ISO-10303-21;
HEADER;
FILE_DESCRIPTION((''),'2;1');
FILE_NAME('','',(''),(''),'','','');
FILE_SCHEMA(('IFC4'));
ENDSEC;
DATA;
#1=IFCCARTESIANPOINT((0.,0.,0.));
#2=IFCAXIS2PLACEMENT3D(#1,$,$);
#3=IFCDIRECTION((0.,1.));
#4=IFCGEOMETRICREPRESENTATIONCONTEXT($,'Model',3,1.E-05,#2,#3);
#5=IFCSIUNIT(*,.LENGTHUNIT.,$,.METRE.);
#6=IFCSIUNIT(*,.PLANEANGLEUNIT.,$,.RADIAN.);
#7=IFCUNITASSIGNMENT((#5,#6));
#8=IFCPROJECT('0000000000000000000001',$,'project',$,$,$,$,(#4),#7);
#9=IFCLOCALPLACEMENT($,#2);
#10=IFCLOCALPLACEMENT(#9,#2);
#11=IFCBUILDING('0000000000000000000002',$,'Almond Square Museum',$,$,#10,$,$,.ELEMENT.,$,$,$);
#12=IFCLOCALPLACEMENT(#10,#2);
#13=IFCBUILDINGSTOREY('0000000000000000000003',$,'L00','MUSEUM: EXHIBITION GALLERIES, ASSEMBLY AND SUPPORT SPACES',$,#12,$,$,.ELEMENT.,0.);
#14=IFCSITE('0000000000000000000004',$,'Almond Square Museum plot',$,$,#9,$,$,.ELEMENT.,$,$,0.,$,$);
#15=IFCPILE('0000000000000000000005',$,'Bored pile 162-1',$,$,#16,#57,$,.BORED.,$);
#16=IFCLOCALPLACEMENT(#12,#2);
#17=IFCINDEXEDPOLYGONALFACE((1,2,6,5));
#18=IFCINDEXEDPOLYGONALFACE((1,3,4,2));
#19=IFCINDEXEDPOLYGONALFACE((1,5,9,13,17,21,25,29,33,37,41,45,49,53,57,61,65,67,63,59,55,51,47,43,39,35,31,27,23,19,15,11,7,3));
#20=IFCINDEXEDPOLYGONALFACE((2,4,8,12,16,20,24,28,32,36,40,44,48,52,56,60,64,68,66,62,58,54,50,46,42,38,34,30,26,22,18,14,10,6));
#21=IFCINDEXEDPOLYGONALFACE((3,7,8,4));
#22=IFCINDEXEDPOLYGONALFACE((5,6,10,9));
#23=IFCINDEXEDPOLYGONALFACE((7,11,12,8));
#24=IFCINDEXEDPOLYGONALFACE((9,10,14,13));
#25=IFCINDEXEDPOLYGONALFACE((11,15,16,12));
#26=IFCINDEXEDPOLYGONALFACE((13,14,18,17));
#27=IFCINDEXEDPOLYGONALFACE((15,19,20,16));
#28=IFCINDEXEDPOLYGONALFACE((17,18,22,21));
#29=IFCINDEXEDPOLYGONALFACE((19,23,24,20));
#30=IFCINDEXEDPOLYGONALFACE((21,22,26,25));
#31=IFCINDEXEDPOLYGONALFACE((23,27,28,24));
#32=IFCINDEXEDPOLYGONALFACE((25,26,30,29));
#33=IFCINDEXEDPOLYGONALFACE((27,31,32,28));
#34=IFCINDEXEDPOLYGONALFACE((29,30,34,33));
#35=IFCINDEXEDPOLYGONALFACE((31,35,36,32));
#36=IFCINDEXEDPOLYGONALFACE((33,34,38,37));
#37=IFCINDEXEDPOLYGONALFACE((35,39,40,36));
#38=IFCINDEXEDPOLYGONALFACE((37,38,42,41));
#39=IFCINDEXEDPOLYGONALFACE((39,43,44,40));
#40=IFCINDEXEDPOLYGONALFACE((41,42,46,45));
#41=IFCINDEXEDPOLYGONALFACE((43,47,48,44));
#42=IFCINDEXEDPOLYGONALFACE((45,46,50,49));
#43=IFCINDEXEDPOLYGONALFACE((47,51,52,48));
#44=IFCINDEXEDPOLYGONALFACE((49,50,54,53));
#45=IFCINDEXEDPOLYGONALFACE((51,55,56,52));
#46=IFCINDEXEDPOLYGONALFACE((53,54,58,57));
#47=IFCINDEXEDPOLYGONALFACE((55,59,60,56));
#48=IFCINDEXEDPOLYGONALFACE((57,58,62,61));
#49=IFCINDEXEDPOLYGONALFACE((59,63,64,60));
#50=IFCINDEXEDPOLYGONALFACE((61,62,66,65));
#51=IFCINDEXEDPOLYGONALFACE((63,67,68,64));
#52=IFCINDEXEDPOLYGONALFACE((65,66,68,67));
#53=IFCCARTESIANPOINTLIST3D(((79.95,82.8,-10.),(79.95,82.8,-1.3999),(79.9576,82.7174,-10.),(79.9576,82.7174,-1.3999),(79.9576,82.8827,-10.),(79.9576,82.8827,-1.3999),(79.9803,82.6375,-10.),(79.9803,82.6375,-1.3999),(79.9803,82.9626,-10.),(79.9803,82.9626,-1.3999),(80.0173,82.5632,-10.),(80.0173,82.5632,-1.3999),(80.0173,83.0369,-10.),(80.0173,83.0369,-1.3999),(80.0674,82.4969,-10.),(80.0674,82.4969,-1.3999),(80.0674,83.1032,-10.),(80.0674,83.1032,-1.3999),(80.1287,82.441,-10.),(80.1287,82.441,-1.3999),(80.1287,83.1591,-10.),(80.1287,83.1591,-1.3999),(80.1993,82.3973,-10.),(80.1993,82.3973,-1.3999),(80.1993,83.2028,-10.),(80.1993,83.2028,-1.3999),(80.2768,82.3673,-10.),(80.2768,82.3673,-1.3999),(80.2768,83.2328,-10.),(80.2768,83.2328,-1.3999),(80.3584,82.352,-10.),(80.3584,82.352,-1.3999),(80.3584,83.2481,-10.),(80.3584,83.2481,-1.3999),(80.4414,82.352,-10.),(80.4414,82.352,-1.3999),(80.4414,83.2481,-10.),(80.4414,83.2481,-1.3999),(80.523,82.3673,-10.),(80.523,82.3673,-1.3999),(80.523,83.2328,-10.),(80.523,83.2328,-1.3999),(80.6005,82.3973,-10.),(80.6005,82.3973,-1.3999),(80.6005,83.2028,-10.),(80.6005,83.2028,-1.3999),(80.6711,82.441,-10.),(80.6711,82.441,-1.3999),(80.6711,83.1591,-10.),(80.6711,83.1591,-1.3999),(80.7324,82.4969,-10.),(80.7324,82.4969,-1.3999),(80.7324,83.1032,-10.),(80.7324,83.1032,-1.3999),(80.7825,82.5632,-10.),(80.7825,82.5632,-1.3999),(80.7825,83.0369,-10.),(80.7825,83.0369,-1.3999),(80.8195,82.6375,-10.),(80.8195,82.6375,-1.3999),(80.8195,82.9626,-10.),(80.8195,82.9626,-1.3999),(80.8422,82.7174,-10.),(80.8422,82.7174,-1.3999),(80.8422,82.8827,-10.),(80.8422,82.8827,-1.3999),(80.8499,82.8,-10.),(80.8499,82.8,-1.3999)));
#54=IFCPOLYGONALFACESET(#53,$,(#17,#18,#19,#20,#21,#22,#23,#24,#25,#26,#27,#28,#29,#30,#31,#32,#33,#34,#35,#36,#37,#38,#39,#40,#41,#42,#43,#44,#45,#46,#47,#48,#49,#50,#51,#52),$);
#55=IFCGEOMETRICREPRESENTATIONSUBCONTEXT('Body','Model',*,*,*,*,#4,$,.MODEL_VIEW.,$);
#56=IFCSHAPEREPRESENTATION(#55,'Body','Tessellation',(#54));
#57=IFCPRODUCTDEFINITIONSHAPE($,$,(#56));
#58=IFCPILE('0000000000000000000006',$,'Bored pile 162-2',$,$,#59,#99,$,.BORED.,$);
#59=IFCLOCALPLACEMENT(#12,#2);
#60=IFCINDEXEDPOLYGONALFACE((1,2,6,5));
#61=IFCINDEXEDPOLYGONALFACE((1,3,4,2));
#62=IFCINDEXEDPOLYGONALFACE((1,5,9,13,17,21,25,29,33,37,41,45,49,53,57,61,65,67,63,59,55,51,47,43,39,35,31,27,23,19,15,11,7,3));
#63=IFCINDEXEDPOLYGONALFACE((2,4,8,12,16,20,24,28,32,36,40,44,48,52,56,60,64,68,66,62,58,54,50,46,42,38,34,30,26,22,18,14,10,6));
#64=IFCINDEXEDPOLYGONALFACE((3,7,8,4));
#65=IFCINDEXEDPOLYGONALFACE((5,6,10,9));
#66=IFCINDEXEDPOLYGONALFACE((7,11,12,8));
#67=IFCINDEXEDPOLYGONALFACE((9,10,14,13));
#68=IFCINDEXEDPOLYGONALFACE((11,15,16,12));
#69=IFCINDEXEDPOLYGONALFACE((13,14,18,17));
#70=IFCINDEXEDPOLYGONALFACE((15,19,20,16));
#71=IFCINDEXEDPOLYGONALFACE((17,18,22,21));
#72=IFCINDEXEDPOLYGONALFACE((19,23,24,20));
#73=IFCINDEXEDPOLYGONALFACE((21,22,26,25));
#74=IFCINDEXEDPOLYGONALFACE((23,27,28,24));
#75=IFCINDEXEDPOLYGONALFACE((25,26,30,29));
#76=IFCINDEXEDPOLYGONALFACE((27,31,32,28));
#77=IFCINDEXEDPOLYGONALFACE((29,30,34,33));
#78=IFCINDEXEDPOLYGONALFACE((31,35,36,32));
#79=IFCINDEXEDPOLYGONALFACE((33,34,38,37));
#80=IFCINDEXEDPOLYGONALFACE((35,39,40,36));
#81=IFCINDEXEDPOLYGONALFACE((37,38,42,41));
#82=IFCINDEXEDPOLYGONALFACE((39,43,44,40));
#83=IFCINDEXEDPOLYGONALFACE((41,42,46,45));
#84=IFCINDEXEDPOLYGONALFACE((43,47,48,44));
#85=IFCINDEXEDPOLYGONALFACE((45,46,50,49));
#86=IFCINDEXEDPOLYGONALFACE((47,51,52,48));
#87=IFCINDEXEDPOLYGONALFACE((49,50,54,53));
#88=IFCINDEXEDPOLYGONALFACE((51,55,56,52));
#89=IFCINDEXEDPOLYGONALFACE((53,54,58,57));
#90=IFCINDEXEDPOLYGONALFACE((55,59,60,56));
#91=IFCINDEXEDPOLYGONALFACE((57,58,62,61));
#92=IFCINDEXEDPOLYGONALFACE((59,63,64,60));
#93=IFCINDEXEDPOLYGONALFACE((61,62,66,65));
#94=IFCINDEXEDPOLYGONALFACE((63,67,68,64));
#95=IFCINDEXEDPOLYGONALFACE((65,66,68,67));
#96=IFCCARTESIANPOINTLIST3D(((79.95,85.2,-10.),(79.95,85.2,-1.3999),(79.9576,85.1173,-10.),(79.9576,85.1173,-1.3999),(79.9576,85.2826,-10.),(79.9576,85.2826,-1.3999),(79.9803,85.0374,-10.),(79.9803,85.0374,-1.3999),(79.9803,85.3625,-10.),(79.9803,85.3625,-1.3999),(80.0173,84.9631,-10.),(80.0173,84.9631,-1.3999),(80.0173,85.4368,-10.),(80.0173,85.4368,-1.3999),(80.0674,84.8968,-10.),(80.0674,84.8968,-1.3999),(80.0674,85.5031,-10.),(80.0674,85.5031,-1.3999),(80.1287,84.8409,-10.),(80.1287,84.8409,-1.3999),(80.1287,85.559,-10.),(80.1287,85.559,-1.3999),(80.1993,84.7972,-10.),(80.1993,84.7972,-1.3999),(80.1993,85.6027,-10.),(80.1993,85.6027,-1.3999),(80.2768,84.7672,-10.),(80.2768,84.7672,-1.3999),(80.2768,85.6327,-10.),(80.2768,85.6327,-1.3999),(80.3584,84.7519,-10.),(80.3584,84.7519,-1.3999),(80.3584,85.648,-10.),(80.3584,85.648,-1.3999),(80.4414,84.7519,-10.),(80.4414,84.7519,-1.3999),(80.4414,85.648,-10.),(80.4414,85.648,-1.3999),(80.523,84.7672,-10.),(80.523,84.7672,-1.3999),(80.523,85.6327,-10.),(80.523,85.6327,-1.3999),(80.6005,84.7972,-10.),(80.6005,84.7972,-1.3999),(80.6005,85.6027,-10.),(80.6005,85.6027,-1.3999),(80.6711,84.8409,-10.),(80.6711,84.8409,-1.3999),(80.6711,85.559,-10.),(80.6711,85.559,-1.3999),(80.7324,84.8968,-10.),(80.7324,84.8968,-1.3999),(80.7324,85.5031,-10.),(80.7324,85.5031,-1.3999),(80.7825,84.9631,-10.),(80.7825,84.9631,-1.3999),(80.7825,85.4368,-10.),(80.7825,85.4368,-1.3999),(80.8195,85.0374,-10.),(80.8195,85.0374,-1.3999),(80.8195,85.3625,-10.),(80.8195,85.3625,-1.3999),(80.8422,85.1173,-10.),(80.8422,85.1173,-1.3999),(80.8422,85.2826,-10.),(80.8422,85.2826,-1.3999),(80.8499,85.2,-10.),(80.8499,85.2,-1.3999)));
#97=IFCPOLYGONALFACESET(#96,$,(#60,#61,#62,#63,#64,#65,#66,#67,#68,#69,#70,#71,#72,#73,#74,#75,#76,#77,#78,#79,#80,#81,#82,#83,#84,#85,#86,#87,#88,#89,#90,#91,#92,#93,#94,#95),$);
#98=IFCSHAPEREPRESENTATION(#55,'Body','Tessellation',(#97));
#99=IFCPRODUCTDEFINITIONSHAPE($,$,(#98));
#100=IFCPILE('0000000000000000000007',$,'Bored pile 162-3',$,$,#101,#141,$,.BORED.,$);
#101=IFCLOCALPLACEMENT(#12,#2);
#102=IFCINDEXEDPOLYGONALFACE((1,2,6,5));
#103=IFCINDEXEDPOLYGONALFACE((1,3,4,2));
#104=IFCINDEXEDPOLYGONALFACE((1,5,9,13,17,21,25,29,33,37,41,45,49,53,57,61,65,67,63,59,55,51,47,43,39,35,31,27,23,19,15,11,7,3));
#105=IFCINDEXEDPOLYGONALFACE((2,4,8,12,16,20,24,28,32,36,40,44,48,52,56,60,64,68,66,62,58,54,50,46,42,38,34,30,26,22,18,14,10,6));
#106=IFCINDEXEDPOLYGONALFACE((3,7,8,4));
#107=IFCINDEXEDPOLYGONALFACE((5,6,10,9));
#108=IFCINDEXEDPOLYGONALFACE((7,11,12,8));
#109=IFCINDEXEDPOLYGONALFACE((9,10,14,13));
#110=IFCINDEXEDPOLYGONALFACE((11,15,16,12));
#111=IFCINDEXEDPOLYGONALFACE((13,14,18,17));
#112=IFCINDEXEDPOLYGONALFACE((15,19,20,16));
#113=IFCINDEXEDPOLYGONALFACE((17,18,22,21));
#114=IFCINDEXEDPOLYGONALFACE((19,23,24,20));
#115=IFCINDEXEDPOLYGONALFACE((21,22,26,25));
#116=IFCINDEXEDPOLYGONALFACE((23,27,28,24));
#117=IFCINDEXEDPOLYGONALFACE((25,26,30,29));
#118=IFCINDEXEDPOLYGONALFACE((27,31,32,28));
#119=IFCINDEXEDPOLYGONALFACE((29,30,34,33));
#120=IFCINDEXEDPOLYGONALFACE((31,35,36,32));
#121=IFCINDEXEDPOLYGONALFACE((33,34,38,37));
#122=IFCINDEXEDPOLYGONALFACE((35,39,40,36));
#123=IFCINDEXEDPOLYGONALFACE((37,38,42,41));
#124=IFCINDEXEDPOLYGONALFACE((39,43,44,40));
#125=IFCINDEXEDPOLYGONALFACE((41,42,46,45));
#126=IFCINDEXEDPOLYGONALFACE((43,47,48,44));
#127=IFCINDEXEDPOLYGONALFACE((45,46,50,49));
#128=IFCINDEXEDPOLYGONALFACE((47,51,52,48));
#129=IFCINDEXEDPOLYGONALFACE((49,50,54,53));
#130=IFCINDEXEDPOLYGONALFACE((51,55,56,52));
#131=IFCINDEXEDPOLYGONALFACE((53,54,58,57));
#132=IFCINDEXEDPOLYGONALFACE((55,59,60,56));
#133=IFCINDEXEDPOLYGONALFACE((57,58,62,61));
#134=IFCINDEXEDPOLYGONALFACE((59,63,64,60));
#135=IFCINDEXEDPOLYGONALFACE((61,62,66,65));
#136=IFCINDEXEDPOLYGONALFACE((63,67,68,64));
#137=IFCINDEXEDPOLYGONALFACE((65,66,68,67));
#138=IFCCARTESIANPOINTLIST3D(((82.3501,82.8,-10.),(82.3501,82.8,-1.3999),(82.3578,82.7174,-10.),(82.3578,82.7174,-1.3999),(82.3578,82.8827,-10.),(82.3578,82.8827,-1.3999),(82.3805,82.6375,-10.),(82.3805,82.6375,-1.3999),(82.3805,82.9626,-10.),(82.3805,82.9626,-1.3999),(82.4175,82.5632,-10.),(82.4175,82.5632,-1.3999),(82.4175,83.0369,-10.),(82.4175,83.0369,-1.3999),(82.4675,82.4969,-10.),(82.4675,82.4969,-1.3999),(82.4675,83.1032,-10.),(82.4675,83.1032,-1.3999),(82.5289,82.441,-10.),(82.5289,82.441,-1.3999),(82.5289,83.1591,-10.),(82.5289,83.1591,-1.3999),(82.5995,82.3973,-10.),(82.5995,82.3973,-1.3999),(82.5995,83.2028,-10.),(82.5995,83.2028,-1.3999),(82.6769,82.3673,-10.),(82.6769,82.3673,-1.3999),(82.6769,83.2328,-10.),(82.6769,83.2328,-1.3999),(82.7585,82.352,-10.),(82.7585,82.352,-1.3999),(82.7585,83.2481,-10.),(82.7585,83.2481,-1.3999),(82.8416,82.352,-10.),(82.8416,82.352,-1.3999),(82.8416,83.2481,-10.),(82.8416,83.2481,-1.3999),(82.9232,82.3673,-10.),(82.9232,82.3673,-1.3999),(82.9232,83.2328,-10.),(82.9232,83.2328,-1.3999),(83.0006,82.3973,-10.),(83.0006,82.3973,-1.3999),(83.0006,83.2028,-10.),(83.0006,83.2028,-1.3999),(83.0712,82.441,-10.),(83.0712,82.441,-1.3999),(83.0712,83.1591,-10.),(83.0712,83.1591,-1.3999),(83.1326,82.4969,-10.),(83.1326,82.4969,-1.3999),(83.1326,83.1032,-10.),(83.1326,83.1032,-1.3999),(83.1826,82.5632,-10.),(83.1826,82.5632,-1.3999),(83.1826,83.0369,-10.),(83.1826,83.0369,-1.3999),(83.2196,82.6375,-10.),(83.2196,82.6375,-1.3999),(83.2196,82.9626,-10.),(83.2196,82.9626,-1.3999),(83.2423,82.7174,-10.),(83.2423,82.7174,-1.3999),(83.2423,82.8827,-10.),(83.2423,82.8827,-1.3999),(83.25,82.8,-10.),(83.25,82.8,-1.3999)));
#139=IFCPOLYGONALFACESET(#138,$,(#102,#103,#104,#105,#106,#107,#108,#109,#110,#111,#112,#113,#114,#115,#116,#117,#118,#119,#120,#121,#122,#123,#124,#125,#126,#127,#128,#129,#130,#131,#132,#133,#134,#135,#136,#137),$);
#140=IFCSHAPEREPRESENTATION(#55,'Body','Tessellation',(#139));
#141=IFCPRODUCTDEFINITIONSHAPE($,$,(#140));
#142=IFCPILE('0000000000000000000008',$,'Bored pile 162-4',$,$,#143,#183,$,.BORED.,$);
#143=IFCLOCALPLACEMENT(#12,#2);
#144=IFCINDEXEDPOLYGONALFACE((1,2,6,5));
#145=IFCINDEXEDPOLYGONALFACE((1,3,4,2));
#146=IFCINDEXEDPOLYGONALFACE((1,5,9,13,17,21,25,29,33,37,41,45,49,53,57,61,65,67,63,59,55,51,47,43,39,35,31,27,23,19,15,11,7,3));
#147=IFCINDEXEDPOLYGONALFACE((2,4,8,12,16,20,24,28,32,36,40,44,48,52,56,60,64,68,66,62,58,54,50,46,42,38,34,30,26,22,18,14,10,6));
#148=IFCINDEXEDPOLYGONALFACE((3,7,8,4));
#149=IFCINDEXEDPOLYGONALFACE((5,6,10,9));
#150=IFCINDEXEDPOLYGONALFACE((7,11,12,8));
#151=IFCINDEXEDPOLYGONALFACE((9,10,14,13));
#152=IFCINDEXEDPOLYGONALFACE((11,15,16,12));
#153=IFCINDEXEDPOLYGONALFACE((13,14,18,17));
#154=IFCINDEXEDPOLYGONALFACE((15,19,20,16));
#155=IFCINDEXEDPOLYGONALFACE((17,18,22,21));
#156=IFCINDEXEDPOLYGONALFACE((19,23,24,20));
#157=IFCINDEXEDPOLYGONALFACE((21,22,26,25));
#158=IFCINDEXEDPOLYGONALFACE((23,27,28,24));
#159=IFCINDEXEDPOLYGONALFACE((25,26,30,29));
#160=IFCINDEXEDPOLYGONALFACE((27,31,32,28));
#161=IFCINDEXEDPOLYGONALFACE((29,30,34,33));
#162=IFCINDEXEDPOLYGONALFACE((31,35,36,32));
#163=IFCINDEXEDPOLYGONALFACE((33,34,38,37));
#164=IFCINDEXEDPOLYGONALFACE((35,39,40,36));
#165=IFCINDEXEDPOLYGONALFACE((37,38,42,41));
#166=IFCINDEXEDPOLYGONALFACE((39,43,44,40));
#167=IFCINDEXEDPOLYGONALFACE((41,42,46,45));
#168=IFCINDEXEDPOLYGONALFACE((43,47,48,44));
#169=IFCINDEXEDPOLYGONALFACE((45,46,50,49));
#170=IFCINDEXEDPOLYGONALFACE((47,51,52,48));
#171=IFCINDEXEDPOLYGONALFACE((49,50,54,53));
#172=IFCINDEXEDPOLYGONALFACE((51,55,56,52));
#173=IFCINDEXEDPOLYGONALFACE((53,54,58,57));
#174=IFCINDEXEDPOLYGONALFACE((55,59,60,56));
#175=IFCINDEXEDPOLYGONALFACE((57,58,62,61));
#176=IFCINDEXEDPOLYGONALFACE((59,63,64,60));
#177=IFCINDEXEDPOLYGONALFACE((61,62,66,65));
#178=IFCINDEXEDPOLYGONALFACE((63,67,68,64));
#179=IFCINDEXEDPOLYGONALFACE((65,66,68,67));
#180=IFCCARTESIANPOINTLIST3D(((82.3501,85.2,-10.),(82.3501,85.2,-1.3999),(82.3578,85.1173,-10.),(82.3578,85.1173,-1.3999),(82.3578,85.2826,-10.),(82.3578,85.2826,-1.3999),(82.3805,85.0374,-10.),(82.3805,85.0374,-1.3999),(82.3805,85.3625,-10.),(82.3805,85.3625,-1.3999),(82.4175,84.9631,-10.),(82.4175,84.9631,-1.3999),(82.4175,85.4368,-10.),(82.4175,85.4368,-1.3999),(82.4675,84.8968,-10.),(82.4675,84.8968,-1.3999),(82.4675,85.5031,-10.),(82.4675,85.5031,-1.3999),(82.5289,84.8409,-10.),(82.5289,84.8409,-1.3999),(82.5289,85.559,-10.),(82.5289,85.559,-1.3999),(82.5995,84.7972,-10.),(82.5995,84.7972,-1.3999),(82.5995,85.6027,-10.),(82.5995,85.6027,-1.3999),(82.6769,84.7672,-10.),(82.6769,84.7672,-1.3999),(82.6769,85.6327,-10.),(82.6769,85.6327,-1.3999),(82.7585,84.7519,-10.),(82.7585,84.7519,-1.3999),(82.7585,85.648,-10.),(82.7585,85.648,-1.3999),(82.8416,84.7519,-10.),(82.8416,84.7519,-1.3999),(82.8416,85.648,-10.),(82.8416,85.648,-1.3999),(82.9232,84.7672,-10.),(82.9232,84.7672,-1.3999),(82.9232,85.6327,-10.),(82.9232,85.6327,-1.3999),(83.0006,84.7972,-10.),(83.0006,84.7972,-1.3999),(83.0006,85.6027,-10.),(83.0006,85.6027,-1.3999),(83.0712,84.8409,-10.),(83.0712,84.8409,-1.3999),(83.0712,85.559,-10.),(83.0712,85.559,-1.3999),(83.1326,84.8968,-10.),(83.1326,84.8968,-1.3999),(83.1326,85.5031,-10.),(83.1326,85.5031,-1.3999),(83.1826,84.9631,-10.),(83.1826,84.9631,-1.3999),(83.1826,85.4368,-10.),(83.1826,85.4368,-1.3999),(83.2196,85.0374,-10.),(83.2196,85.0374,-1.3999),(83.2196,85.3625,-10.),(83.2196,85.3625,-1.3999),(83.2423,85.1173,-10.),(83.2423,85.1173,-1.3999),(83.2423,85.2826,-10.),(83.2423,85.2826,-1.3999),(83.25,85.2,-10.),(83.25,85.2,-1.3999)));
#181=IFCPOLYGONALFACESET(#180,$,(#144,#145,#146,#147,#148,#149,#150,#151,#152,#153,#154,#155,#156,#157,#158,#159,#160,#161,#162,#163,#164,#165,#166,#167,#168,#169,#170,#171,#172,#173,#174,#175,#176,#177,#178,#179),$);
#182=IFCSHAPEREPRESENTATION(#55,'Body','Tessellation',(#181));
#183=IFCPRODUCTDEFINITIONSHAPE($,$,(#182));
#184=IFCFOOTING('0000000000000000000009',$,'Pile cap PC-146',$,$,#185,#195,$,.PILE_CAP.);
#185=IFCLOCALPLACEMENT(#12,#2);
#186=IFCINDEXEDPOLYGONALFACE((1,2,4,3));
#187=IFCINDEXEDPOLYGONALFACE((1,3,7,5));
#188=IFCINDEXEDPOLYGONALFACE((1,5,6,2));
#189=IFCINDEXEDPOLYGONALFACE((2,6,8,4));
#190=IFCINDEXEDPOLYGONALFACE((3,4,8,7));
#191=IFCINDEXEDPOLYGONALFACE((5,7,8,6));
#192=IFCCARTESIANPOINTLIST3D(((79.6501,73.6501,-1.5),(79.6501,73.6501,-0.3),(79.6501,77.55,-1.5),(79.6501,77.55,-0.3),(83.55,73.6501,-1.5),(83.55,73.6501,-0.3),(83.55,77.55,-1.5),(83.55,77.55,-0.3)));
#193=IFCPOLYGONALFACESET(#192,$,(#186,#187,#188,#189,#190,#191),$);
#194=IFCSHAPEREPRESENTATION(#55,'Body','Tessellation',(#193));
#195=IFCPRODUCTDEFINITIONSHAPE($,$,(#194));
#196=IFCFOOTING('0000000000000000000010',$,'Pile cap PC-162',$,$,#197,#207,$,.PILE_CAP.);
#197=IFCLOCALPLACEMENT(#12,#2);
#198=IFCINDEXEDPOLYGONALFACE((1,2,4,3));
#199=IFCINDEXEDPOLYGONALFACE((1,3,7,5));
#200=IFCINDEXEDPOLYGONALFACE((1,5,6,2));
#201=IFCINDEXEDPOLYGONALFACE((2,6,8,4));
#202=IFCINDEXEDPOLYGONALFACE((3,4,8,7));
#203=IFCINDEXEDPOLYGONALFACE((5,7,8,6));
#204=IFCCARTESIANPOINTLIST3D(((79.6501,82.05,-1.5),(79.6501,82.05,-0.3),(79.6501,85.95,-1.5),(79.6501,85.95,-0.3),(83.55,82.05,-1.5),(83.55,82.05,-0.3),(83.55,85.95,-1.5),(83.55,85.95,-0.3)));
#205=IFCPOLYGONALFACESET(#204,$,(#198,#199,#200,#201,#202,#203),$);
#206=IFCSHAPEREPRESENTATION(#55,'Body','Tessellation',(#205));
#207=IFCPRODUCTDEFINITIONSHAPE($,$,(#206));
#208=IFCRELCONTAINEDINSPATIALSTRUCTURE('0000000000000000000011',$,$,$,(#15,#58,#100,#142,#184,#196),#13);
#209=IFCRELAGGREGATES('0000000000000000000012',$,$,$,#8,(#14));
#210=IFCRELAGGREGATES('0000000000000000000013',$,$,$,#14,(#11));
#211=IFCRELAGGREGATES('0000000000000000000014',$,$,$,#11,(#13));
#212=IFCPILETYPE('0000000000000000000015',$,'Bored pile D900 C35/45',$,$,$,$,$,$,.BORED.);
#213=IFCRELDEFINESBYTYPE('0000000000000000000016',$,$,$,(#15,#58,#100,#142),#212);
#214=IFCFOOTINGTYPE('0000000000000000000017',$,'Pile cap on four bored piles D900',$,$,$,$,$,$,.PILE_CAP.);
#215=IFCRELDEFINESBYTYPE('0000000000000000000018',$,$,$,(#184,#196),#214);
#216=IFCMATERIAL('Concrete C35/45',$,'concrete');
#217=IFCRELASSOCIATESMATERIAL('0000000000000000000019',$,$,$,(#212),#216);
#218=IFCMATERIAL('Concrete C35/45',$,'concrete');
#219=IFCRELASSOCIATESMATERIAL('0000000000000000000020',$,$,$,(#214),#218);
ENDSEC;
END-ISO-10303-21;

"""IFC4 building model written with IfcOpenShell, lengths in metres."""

from ifc_helpers import new_model, si_unit, direction, frame, origin, origin_2d, place, context, subcontext, project, spatial, rectangle, circle, extrude, material, material_profile, profile_set, type_object, element, save


model = new_model("IFC4")

# Units and contexts
model_context = context("Model", 3, precision=1e-05, world=origin(), true_north=direction((0.0, 1.0)))
body_context = subcontext(model_context, "Body", "Model", "MODEL_VIEW")
ifc_project = project(units=[si_unit("LENGTHUNIT", "METRE"), si_unit("PLANEANGLEUNIT", "RADIAN")], contexts=[model_context])

# Site, building, storey
site_placement = place(None, origin())
site = spatial("IfcSite", under=ifc_project, at=site_placement, Name="Almond Square Museum plot", CompositionType="ELEMENT", RefElevation=0.0)
building_placement = place(site_placement, origin())
building = spatial("IfcBuilding", under=site, at=building_placement, Name="Almond Square Museum", CompositionType="ELEMENT")
storey_placement = place(building_placement, origin())
storey = spatial("IfcBuildingStorey", under=building, at=storey_placement, Name="L00", Description="MUSEUM: EXHIBITION GALLERIES, ASSEMBLY AND SUPPORT SPACES", CompositionType="ELEMENT", Elevation=0.0)

# Piles
ifc_material_1 = material(Name="Concrete C35/45", Category="concrete")
ifc_material_profile_1 = material_profile(ifc_material_1, circle(Radius=0.45, at=origin_2d()))
ifc_profile_set_1 = profile_set([ifc_material_profile_1], Name="Concrete C35/45")
pile_type = type_object("IfcPileType", Name="Bored pile D900 C35/45", PredefinedType="BORED", material=ifc_profile_set_1)
for number, where, z_axis, x_axis, name in (
    (1, (80.3999, 82.8, -1.3999), (0.0, 0.0, -1.0), (1.0, 0.0, 0.0), "Bored pile 162-1"),
    (2, (80.3999, 85.2, -1.3999), (0.0, 0.0, -1.0), (1.0, 0.0, 0.0), "Bored pile 162-2"),
    (3, (82.8, 82.8, -1.3999), (0.0, 0.0, -1.0), (1.0, 0.0, 0.0), "Bored pile 162-3"),
    (4, (82.8, 85.2, -1.3999), (0.0, 0.0, -1.0), (1.0, 0.0, 0.0), "Bored pile 162-4"),
):
    element("IfcPile", number, at=place(storey_placement, frame(where, z_axis=z_axis, x_axis=x_axis)), inside=storey, type_object=pile_type, Name=name, PredefinedType="BORED", context=body_context, shape_type="SweptSolid", body=[
        extrude(circle(Radius=0.45, at=origin_2d()), origin(), (0.0, 0.0, 1.0), 8.6001),
    ])

# Footings
ifc_material_2 = material(Name="Concrete C35/45", Category="concrete")
footing_type_1 = type_object("IfcFootingType", Name="Pile cap on four bored piles D900", PredefinedType="PILE_CAP", material=ifc_material_2)
for number, where, z_axis, x_axis, name in (
    (5, (81.6001, 75.6001, -1.5), (0.0, 0.0, 1.0), (1.0, 0.0, 0.0), "Pile cap PC-146"),
    (6, (81.6001, 84.0, -1.5), (0.0, 0.0, 1.0), (1.0, 0.0, 0.0), "Pile cap PC-162"),
):
    element("IfcFooting", number, at=place(storey_placement, frame(where, z_axis=z_axis, x_axis=x_axis)), inside=storey, type_object=footing_type_1, Name=name, PredefinedType="PILE_CAP", context=body_context, shape_type="SweptSolid", body=[
        extrude(rectangle(XDim=3.8999, YDim=3.8999, at=origin_2d()), origin(), (0.0, 0.0, 1.0), 1.2),
    ])

save(model, "model.ifc")
